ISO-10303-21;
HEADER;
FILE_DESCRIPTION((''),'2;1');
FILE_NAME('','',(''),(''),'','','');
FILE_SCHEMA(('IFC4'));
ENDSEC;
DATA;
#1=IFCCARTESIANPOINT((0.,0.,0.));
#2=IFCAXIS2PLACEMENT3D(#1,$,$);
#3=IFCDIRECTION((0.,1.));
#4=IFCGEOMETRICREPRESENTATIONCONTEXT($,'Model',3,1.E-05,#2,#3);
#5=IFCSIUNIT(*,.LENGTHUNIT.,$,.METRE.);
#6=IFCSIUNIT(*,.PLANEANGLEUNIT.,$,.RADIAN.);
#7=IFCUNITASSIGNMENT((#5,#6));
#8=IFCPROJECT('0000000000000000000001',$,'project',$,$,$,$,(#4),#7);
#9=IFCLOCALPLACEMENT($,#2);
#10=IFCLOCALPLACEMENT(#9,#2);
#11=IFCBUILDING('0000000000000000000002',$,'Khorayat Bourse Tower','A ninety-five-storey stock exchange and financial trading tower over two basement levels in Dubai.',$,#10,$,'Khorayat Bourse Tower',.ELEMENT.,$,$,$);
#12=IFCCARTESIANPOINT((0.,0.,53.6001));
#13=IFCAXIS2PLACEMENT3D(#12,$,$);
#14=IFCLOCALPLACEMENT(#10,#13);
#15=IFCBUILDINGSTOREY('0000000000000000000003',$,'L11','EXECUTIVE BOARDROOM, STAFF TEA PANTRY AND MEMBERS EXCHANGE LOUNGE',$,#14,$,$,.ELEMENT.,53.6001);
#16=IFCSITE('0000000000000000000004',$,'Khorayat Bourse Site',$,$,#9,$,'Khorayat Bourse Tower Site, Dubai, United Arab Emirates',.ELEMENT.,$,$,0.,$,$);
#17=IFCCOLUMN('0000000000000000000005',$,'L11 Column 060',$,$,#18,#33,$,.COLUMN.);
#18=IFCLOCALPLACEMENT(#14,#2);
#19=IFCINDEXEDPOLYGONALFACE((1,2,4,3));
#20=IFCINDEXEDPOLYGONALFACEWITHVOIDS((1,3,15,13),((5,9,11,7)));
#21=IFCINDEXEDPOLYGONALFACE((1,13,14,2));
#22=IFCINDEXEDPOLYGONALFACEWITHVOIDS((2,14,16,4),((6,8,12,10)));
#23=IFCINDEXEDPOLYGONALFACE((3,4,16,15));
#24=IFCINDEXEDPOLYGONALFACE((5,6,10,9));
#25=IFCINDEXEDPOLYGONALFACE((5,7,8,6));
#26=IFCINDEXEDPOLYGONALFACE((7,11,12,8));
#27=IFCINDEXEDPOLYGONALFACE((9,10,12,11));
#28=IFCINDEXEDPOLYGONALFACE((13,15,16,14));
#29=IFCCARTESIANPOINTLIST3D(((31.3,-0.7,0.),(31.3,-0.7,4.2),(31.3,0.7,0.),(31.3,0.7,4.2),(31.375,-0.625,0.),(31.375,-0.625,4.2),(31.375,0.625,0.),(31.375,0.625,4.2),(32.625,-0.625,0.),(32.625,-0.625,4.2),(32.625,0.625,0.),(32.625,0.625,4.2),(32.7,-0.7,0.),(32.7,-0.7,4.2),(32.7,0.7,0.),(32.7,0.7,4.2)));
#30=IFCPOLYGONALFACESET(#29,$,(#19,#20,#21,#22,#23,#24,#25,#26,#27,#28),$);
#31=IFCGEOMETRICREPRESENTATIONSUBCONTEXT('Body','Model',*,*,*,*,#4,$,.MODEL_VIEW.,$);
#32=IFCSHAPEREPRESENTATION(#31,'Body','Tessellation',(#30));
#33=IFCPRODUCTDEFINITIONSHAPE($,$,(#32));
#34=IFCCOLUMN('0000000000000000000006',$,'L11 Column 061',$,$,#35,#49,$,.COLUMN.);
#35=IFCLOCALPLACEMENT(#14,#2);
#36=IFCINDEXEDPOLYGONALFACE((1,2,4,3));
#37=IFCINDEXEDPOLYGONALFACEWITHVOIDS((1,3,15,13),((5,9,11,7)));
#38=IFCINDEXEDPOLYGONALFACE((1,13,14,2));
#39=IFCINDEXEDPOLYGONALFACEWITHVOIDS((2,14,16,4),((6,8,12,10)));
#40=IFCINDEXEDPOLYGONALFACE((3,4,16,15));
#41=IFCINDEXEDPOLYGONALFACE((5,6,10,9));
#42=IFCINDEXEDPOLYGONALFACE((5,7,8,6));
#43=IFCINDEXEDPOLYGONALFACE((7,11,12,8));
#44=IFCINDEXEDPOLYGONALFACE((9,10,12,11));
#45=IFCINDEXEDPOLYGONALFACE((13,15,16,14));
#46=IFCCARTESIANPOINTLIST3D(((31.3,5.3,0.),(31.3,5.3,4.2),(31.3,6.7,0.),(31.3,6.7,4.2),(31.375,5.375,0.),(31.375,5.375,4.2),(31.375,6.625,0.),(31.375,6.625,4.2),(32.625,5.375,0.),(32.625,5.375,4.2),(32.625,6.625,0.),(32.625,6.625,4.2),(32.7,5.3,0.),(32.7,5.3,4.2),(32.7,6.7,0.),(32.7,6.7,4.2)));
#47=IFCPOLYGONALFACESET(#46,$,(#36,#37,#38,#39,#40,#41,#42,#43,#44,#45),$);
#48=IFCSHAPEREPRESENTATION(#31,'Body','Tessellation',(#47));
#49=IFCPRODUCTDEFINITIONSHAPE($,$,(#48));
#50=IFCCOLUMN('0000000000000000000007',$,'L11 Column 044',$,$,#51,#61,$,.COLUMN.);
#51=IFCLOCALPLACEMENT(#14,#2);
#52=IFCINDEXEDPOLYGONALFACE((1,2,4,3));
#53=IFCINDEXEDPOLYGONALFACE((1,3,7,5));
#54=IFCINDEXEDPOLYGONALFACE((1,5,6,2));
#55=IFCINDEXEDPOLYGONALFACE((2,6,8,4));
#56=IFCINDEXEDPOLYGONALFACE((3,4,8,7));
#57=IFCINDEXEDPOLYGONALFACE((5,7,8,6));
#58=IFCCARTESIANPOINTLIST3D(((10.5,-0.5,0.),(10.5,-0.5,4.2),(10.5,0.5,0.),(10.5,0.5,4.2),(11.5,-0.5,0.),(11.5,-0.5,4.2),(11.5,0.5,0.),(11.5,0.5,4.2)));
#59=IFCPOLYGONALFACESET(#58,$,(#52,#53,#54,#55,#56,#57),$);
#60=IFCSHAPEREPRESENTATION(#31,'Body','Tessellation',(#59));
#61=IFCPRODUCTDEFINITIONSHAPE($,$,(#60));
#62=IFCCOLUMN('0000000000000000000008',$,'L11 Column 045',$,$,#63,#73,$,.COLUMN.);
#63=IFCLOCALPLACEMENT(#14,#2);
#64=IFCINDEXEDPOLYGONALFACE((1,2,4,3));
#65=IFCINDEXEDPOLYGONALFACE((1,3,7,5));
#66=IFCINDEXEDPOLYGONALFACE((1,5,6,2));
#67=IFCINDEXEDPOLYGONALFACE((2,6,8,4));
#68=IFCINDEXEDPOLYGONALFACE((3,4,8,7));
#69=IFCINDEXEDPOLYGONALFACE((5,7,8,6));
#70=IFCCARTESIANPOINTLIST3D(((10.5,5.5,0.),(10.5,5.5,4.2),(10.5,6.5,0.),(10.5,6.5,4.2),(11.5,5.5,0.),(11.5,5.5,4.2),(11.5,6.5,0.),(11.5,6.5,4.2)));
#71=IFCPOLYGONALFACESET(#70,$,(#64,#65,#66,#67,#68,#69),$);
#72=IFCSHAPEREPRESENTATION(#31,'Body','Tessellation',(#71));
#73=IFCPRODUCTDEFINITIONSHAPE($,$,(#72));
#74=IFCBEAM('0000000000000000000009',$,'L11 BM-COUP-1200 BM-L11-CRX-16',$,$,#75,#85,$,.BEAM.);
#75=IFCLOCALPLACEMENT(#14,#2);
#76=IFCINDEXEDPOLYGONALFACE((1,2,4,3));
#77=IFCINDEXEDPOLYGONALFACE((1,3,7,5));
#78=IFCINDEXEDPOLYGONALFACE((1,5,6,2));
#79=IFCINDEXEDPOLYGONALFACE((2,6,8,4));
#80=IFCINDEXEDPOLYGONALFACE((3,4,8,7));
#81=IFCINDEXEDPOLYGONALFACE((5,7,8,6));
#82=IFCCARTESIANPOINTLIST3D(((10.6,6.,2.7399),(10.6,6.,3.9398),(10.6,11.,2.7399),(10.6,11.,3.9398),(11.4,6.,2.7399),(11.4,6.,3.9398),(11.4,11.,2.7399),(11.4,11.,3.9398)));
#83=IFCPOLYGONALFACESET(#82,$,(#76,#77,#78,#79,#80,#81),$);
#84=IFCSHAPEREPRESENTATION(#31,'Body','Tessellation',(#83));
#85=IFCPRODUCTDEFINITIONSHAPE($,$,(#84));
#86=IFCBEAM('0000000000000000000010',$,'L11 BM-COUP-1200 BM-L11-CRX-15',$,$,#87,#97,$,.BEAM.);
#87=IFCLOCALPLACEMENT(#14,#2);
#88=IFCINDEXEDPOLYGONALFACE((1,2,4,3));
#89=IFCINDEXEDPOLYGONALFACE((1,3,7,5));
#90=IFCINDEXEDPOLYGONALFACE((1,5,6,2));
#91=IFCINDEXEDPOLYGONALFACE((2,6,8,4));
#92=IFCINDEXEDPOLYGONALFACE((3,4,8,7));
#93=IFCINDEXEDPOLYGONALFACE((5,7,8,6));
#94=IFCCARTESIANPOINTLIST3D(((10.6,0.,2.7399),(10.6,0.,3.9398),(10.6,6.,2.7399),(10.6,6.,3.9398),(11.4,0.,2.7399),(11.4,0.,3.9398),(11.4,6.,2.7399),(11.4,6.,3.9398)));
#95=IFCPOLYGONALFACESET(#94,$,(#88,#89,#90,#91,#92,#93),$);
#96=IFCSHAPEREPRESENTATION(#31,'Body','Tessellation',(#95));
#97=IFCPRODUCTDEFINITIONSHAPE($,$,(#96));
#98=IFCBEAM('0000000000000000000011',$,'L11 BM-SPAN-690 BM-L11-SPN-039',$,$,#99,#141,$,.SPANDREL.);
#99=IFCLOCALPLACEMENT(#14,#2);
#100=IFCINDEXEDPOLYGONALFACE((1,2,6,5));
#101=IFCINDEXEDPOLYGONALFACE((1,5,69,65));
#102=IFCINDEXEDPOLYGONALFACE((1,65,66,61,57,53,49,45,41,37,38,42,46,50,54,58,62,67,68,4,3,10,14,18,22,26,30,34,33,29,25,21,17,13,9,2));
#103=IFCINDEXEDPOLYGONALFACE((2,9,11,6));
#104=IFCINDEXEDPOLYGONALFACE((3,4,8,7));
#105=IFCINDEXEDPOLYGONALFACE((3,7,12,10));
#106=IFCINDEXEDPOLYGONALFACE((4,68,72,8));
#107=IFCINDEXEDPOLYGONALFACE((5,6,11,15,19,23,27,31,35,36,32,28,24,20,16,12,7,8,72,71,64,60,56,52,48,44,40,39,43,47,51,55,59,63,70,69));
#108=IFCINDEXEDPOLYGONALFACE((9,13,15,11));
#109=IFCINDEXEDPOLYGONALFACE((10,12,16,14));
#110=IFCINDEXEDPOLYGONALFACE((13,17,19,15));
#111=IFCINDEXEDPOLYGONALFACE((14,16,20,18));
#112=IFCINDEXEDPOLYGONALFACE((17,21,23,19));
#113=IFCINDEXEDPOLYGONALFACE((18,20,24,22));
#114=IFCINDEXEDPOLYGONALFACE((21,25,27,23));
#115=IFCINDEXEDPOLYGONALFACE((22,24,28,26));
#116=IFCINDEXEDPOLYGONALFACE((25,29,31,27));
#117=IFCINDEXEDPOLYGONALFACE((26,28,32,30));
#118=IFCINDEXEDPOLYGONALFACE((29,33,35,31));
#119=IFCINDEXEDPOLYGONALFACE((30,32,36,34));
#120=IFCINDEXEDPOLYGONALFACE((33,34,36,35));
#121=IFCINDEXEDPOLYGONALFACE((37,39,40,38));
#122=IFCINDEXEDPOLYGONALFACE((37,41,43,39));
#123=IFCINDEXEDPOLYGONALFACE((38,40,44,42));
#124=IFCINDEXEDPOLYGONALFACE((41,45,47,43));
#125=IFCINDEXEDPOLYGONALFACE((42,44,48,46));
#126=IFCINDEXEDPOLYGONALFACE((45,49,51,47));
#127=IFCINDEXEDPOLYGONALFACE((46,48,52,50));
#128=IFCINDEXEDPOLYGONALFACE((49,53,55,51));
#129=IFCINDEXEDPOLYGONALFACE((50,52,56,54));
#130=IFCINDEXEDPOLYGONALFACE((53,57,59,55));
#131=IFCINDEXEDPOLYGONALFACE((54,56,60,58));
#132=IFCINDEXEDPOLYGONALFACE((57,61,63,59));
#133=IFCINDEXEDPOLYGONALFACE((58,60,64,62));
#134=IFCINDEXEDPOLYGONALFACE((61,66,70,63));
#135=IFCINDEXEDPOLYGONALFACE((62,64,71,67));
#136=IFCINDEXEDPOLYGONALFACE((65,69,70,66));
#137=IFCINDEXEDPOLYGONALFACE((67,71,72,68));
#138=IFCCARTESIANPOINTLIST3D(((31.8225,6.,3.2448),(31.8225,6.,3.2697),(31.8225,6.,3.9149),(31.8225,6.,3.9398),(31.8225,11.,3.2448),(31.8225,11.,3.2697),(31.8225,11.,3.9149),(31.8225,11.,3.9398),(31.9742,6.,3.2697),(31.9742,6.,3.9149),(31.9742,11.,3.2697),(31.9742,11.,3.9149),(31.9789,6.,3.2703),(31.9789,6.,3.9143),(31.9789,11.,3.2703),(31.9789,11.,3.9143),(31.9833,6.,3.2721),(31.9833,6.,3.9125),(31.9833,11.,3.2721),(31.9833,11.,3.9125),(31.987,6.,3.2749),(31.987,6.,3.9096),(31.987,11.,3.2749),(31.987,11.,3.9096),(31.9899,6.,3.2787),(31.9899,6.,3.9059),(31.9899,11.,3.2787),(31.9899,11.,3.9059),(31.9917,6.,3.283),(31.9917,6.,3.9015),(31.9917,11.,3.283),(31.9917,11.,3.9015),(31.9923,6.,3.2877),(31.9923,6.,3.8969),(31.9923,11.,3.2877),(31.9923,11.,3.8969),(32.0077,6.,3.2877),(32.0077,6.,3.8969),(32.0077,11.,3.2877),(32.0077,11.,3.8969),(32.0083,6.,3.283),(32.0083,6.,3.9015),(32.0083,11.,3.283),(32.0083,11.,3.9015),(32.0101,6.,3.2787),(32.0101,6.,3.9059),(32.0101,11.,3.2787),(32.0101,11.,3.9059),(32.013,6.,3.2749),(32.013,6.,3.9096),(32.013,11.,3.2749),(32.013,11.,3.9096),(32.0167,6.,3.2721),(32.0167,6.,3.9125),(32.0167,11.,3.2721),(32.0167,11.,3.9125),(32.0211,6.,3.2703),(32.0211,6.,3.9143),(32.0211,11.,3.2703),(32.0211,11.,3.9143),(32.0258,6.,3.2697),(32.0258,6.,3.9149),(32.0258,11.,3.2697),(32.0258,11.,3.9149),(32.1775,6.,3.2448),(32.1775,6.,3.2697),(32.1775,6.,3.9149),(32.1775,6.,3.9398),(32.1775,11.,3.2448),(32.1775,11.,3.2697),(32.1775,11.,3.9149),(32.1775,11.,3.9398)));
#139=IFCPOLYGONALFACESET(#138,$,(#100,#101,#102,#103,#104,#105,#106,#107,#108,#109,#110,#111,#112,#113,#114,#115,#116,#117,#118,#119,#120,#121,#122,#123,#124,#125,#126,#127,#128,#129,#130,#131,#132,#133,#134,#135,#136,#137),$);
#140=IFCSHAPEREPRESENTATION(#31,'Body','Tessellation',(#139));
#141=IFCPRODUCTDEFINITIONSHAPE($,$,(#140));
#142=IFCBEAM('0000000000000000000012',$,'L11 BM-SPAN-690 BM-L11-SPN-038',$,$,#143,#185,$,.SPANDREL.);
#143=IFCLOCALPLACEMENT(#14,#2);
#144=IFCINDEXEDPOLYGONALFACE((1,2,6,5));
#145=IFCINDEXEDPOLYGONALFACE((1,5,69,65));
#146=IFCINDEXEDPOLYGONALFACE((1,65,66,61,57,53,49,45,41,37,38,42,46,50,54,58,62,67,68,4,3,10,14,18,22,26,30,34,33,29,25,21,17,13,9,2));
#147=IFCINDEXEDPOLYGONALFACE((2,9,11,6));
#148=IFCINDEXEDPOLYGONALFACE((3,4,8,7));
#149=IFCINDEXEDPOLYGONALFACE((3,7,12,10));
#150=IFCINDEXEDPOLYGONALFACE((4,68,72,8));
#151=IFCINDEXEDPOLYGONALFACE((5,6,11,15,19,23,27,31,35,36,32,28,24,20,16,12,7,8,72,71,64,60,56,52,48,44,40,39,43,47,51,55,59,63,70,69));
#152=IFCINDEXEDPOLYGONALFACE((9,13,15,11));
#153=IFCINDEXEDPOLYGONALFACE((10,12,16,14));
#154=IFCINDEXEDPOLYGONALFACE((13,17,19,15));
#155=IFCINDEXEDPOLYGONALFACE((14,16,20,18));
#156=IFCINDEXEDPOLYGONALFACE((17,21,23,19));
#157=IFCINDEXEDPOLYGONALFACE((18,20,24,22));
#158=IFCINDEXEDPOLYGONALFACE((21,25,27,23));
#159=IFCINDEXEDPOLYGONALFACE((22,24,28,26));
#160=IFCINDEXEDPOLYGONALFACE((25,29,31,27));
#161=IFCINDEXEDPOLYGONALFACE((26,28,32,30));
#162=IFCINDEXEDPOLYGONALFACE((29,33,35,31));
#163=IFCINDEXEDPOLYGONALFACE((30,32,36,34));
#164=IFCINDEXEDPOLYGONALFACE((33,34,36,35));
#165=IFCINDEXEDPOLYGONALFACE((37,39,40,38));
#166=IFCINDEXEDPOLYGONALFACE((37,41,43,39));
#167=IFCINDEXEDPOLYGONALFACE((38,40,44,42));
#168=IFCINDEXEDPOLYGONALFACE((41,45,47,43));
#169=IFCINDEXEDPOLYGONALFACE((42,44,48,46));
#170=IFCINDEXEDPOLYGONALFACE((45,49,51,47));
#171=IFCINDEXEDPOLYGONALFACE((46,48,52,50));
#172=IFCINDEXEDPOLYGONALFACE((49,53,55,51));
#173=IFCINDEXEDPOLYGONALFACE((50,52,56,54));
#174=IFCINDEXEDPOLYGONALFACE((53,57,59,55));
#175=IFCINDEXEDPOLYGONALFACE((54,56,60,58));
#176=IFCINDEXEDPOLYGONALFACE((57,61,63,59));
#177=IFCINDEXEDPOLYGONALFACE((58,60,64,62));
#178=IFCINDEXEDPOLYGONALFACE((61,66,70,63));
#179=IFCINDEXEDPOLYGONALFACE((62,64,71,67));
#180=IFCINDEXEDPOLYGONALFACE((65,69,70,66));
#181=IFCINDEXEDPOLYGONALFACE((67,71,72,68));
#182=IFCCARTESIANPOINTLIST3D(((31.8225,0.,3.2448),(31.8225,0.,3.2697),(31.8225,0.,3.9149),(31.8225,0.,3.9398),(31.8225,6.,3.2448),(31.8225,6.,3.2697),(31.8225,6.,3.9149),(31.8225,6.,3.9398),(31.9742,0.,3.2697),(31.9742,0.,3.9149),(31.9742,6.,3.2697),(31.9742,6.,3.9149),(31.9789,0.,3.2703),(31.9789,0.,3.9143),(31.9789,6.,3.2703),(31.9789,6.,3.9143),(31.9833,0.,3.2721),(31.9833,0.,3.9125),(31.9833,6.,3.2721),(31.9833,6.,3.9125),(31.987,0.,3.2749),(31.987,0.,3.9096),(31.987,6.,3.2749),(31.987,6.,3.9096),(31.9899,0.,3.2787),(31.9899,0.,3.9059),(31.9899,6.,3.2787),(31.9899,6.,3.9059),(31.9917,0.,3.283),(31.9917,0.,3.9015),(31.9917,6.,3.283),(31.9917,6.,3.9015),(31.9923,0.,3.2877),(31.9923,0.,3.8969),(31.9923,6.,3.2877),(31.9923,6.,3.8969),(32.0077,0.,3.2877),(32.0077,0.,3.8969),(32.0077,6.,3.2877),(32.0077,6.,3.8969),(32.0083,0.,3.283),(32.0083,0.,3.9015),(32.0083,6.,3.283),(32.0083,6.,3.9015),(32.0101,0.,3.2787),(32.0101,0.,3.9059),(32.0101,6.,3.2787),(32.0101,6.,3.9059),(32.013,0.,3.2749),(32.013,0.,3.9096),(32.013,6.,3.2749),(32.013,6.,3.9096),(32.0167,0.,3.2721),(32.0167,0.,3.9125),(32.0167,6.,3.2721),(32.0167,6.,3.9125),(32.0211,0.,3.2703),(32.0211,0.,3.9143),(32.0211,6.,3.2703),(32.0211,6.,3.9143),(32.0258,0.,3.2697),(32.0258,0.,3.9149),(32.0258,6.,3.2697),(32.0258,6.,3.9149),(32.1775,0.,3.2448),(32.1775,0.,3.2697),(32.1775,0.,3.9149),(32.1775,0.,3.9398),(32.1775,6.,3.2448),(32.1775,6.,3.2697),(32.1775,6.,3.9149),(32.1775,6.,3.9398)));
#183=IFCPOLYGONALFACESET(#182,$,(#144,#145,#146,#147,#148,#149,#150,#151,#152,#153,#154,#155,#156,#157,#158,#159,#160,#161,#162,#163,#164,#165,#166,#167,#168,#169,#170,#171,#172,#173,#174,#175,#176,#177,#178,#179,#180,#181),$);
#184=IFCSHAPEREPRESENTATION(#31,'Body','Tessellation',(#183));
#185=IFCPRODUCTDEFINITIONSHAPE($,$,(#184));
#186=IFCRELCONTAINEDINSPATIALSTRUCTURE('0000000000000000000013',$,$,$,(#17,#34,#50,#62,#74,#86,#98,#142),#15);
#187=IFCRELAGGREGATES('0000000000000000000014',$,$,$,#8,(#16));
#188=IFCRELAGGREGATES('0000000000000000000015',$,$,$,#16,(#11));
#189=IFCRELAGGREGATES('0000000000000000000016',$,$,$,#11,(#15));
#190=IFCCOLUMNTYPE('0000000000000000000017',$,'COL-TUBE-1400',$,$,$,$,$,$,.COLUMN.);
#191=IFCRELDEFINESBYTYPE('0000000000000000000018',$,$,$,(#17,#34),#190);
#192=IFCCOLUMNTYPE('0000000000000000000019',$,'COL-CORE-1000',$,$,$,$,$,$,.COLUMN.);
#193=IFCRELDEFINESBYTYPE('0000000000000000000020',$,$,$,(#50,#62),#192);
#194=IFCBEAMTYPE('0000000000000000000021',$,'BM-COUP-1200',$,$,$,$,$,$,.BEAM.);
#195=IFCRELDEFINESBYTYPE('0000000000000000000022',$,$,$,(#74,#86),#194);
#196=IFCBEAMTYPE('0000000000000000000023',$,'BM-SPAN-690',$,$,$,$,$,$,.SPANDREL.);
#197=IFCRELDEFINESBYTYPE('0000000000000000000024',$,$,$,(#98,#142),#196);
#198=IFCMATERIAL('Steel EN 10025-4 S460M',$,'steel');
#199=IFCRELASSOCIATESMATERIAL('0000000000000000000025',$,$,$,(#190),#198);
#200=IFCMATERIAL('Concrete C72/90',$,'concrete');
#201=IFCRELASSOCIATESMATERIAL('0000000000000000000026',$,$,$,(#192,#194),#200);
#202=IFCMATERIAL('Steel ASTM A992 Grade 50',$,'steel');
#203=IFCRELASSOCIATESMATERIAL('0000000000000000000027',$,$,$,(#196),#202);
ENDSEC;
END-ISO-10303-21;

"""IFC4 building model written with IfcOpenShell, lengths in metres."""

from ifc_helpers import new_model, si_unit, direction, frame, origin, origin_2d, place, context, subcontext, project, spatial, rectangle, hollow_rectangle, i_section, extrude, source, transform, mapped, material, material_profile, profile_set, type_object, element, save


model = new_model("IFC4")

# Units and contexts
model_context = context("Model", 3, precision=1e-05, world=origin(), true_north=direction((0.0, 1.0)))
body_context = subcontext(model_context, "Body", "Model", "MODEL_VIEW")
ifc_project = project(units=[si_unit("LENGTHUNIT", "METRE"), si_unit("PLANEANGLEUNIT", "RADIAN")], contexts=[model_context])

# Site, building, storey
site_placement = place(None, origin())
site = spatial("IfcSite", under=ifc_project, at=site_placement, Name="Khorayat Bourse Site", LongName="Khorayat Bourse Tower Site, Dubai, United Arab Emirates", CompositionType="ELEMENT", RefElevation=0.0)
building_placement = place(site_placement, origin())
building = spatial("IfcBuilding", under=site, at=building_placement, Name="Khorayat Bourse Tower", Description="A ninety-five-storey stock exchange and financial trading tower over two basement levels in Dubai.", LongName="Khorayat Bourse Tower", CompositionType="ELEMENT")
storey_placement = place(building_placement, frame((0.0, 0.0, 53.6001)))
storey = spatial("IfcBuildingStorey", under=building, at=storey_placement, Name="L11", Description="EXECUTIVE BOARDROOM, STAFF TEA PANTRY AND MEMBERS EXCHANGE LOUNGE", CompositionType="ELEMENT", Elevation=53.6001)

# Columns
ifc_material_1 = material(Name="Steel EN 10025-4 S460M", Category="steel")
ifc_material_profile_1 = material_profile(ifc_material_1, hollow_rectangle(XDim=1.3999, YDim=1.3999, WallThickness=0.075, at=origin_2d()), Name="BOX 1400x1400x75")
ifc_profile_set_1 = profile_set([ifc_material_profile_1], Name="Steel EN 10025-4 S460M")
column_type_1 = type_object("IfcColumnType", Name="COL-TUBE-1400", PredefinedType="COLUMN", material=ifc_profile_set_1)
shared_shape_1 = source(origin(), body_context, "Body", "SweptSolid", [
    extrude(hollow_rectangle(XDim=1.3999, YDim=1.3999, WallThickness=0.075, at=origin_2d()), origin(), (0.0, 0.0, 1.0), 4.2),
])
for number, where, z_axis, x_axis, name in (
    (1, (32.0, 0.0, 0.0), (0.0, 0.0, 1.0), (1.0, 0.0, 0.0), "L11 Column 060"),
    (2, (32.0, 6.0, 0.0), (0.0, 0.0, 1.0), (1.0, 0.0, 0.0), "L11 Column 061"),
):
    element("IfcColumn", number, at=place(storey_placement, frame(where, z_axis=z_axis, x_axis=x_axis)), inside=storey, type_object=column_type_1, Name=name, PredefinedType="COLUMN", context=body_context, shape_type="MappedRepresentation", body=[
        mapped(shared_shape_1, transform((0.0, 0.0, 0.0), scale=1.0)),
    ])
ifc_material_2 = material(Name="Concrete C72/90", Category="concrete")
ifc_material_profile_2 = material_profile(ifc_material_2, rectangle(XDim=1.0, YDim=1.0, at=origin_2d()), Name="RC 1000x1000")
ifc_profile_set_2 = profile_set([ifc_material_profile_2], Name="Concrete C72/90")
column_type_2 = type_object("IfcColumnType", Name="COL-CORE-1000", PredefinedType="COLUMN", material=ifc_profile_set_2)
shared_shape_2 = source(origin(), body_context, "Body", "SweptSolid", [
    extrude(rectangle(XDim=1.0, YDim=1.0, at=origin_2d()), origin(), (0.0, 0.0, 1.0), 4.2),
])
for number, where, z_axis, x_axis, name in (
    (3, (11.0, 0.0, 0.0), (0.0, 0.0, 1.0), (1.0, 0.0, 0.0), "L11 Column 044"),
    (4, (11.0, 6.0, 0.0), (0.0, 0.0, 1.0), (1.0, 0.0, 0.0), "L11 Column 045"),
):
    element("IfcColumn", number, at=place(storey_placement, frame(where, z_axis=z_axis, x_axis=x_axis)), inside=storey, type_object=column_type_2, Name=name, PredefinedType="COLUMN", context=body_context, shape_type="MappedRepresentation", body=[
        mapped(shared_shape_2, transform((0.0, 0.0, 0.0), scale=1.0)),
    ])

# Beams
ifc_material_profile_3 = material_profile(ifc_material_2, rectangle(XDim=0.8, YDim=1.2, at=origin_2d()), Name="RC 800x1200")
ifc_profile_set_3 = profile_set([ifc_material_profile_3], Name="Concrete C72/90")
beam_type_1 = type_object("IfcBeamType", Name="BM-COUP-1200", PredefinedType="BEAM", material=ifc_profile_set_3)
shared_shape_3 = source(origin(), body_context, "Body", "SweptSolid", [
    extrude(rectangle(XDim=0.8, YDim=1.2, at=origin_2d()), origin(), (0.0, 0.0, 1.0), 5.0),
])
beam_1_placement = place(storey_placement, frame((11.0, 6.0, 3.3398), z_axis=(0.0, 1.0, 0.0), x_axis=(-1.0, 0.0, 0.0)))
element("IfcBeam", 5, at=beam_1_placement, inside=storey, type_object=beam_type_1, Name="L11 BM-COUP-1200 BM-L11-CRX-16", PredefinedType="BEAM", context=body_context, shape_type="MappedRepresentation", body=[
    mapped(shared_shape_3, transform((0.0, 0.0, 0.0), scale=1.0)),
])
shared_shape_4 = source(origin(), body_context, "Body", "SweptSolid", [
    extrude(rectangle(XDim=0.8, YDim=1.2, at=origin_2d()), origin(), (0.0, 0.0, 1.0), 6.0),
])
beam_2_placement = place(storey_placement, frame((11.0, 0.0, 3.3398), z_axis=(0.0, 1.0, 0.0), x_axis=(-1.0, 0.0, 0.0)))
element("IfcBeam", 6, at=beam_2_placement, inside=storey, type_object=beam_type_1, Name="L11 BM-COUP-1200 BM-L11-CRX-15", PredefinedType="BEAM", context=body_context, shape_type="MappedRepresentation", body=[
    mapped(shared_shape_4, transform((0.0, 0.0, 0.0), scale=1.0)),
])
ifc_material_3 = material(Name="Steel ASTM A992 Grade 50", Category="steel")
ifc_material_profile_4 = material_profile(ifc_material_3, i_section(OverallWidth=0.355, OverallDepth=0.6951, WebThickness=0.0154, FlangeThickness=0.0249, FilletRadius=0.0181, at=origin_2d()), Name="W690X217")
ifc_profile_set_4 = profile_set([ifc_material_profile_4], Name="Steel ASTM A992 Grade 50")
beam_type_2 = type_object("IfcBeamType", Name="BM-SPAN-690", PredefinedType="SPANDREL", material=ifc_profile_set_4)
shared_shape_5 = source(origin(), body_context, "Body", "SweptSolid", [
    extrude(i_section(OverallWidth=0.355, OverallDepth=0.6951, WebThickness=0.0154, FlangeThickness=0.0249, FilletRadius=0.0181, at=origin_2d()), origin(), (0.0, 0.0, 1.0), 5.0),
])
beam_3_placement = place(storey_placement, frame((32.0, 6.0, 3.5923), z_axis=(0.0, 1.0, 0.0), x_axis=(-1.0, 0.0, 0.0)))
element("IfcBeam", 7, at=beam_3_placement, inside=storey, type_object=beam_type_2, Name="L11 BM-SPAN-690 BM-L11-SPN-039", PredefinedType="SPANDREL", context=body_context, shape_type="MappedRepresentation", body=[
    mapped(shared_shape_5, transform((0.0, 0.0, 0.0), scale=1.0)),
])
shared_shape_6 = source(origin(), body_context, "Body", "SweptSolid", [
    extrude(i_section(OverallWidth=0.355, OverallDepth=0.6951, WebThickness=0.0154, FlangeThickness=0.0249, FilletRadius=0.0181, at=origin_2d()), origin(), (0.0, 0.0, 1.0), 6.0),
])
beam_4_placement = place(storey_placement, frame((32.0, 0.0, 3.5923), z_axis=(0.0, 1.0, 0.0), x_axis=(-1.0, 0.0, 0.0)))
element("IfcBeam", 8, at=beam_4_placement, inside=storey, type_object=beam_type_2, Name="L11 BM-SPAN-690 BM-L11-SPN-038", PredefinedType="SPANDREL", context=body_context, shape_type="MappedRepresentation", body=[
    mapped(shared_shape_6, transform((0.0, 0.0, 0.0), scale=1.0)),
])

save(model, "model.ifc")
